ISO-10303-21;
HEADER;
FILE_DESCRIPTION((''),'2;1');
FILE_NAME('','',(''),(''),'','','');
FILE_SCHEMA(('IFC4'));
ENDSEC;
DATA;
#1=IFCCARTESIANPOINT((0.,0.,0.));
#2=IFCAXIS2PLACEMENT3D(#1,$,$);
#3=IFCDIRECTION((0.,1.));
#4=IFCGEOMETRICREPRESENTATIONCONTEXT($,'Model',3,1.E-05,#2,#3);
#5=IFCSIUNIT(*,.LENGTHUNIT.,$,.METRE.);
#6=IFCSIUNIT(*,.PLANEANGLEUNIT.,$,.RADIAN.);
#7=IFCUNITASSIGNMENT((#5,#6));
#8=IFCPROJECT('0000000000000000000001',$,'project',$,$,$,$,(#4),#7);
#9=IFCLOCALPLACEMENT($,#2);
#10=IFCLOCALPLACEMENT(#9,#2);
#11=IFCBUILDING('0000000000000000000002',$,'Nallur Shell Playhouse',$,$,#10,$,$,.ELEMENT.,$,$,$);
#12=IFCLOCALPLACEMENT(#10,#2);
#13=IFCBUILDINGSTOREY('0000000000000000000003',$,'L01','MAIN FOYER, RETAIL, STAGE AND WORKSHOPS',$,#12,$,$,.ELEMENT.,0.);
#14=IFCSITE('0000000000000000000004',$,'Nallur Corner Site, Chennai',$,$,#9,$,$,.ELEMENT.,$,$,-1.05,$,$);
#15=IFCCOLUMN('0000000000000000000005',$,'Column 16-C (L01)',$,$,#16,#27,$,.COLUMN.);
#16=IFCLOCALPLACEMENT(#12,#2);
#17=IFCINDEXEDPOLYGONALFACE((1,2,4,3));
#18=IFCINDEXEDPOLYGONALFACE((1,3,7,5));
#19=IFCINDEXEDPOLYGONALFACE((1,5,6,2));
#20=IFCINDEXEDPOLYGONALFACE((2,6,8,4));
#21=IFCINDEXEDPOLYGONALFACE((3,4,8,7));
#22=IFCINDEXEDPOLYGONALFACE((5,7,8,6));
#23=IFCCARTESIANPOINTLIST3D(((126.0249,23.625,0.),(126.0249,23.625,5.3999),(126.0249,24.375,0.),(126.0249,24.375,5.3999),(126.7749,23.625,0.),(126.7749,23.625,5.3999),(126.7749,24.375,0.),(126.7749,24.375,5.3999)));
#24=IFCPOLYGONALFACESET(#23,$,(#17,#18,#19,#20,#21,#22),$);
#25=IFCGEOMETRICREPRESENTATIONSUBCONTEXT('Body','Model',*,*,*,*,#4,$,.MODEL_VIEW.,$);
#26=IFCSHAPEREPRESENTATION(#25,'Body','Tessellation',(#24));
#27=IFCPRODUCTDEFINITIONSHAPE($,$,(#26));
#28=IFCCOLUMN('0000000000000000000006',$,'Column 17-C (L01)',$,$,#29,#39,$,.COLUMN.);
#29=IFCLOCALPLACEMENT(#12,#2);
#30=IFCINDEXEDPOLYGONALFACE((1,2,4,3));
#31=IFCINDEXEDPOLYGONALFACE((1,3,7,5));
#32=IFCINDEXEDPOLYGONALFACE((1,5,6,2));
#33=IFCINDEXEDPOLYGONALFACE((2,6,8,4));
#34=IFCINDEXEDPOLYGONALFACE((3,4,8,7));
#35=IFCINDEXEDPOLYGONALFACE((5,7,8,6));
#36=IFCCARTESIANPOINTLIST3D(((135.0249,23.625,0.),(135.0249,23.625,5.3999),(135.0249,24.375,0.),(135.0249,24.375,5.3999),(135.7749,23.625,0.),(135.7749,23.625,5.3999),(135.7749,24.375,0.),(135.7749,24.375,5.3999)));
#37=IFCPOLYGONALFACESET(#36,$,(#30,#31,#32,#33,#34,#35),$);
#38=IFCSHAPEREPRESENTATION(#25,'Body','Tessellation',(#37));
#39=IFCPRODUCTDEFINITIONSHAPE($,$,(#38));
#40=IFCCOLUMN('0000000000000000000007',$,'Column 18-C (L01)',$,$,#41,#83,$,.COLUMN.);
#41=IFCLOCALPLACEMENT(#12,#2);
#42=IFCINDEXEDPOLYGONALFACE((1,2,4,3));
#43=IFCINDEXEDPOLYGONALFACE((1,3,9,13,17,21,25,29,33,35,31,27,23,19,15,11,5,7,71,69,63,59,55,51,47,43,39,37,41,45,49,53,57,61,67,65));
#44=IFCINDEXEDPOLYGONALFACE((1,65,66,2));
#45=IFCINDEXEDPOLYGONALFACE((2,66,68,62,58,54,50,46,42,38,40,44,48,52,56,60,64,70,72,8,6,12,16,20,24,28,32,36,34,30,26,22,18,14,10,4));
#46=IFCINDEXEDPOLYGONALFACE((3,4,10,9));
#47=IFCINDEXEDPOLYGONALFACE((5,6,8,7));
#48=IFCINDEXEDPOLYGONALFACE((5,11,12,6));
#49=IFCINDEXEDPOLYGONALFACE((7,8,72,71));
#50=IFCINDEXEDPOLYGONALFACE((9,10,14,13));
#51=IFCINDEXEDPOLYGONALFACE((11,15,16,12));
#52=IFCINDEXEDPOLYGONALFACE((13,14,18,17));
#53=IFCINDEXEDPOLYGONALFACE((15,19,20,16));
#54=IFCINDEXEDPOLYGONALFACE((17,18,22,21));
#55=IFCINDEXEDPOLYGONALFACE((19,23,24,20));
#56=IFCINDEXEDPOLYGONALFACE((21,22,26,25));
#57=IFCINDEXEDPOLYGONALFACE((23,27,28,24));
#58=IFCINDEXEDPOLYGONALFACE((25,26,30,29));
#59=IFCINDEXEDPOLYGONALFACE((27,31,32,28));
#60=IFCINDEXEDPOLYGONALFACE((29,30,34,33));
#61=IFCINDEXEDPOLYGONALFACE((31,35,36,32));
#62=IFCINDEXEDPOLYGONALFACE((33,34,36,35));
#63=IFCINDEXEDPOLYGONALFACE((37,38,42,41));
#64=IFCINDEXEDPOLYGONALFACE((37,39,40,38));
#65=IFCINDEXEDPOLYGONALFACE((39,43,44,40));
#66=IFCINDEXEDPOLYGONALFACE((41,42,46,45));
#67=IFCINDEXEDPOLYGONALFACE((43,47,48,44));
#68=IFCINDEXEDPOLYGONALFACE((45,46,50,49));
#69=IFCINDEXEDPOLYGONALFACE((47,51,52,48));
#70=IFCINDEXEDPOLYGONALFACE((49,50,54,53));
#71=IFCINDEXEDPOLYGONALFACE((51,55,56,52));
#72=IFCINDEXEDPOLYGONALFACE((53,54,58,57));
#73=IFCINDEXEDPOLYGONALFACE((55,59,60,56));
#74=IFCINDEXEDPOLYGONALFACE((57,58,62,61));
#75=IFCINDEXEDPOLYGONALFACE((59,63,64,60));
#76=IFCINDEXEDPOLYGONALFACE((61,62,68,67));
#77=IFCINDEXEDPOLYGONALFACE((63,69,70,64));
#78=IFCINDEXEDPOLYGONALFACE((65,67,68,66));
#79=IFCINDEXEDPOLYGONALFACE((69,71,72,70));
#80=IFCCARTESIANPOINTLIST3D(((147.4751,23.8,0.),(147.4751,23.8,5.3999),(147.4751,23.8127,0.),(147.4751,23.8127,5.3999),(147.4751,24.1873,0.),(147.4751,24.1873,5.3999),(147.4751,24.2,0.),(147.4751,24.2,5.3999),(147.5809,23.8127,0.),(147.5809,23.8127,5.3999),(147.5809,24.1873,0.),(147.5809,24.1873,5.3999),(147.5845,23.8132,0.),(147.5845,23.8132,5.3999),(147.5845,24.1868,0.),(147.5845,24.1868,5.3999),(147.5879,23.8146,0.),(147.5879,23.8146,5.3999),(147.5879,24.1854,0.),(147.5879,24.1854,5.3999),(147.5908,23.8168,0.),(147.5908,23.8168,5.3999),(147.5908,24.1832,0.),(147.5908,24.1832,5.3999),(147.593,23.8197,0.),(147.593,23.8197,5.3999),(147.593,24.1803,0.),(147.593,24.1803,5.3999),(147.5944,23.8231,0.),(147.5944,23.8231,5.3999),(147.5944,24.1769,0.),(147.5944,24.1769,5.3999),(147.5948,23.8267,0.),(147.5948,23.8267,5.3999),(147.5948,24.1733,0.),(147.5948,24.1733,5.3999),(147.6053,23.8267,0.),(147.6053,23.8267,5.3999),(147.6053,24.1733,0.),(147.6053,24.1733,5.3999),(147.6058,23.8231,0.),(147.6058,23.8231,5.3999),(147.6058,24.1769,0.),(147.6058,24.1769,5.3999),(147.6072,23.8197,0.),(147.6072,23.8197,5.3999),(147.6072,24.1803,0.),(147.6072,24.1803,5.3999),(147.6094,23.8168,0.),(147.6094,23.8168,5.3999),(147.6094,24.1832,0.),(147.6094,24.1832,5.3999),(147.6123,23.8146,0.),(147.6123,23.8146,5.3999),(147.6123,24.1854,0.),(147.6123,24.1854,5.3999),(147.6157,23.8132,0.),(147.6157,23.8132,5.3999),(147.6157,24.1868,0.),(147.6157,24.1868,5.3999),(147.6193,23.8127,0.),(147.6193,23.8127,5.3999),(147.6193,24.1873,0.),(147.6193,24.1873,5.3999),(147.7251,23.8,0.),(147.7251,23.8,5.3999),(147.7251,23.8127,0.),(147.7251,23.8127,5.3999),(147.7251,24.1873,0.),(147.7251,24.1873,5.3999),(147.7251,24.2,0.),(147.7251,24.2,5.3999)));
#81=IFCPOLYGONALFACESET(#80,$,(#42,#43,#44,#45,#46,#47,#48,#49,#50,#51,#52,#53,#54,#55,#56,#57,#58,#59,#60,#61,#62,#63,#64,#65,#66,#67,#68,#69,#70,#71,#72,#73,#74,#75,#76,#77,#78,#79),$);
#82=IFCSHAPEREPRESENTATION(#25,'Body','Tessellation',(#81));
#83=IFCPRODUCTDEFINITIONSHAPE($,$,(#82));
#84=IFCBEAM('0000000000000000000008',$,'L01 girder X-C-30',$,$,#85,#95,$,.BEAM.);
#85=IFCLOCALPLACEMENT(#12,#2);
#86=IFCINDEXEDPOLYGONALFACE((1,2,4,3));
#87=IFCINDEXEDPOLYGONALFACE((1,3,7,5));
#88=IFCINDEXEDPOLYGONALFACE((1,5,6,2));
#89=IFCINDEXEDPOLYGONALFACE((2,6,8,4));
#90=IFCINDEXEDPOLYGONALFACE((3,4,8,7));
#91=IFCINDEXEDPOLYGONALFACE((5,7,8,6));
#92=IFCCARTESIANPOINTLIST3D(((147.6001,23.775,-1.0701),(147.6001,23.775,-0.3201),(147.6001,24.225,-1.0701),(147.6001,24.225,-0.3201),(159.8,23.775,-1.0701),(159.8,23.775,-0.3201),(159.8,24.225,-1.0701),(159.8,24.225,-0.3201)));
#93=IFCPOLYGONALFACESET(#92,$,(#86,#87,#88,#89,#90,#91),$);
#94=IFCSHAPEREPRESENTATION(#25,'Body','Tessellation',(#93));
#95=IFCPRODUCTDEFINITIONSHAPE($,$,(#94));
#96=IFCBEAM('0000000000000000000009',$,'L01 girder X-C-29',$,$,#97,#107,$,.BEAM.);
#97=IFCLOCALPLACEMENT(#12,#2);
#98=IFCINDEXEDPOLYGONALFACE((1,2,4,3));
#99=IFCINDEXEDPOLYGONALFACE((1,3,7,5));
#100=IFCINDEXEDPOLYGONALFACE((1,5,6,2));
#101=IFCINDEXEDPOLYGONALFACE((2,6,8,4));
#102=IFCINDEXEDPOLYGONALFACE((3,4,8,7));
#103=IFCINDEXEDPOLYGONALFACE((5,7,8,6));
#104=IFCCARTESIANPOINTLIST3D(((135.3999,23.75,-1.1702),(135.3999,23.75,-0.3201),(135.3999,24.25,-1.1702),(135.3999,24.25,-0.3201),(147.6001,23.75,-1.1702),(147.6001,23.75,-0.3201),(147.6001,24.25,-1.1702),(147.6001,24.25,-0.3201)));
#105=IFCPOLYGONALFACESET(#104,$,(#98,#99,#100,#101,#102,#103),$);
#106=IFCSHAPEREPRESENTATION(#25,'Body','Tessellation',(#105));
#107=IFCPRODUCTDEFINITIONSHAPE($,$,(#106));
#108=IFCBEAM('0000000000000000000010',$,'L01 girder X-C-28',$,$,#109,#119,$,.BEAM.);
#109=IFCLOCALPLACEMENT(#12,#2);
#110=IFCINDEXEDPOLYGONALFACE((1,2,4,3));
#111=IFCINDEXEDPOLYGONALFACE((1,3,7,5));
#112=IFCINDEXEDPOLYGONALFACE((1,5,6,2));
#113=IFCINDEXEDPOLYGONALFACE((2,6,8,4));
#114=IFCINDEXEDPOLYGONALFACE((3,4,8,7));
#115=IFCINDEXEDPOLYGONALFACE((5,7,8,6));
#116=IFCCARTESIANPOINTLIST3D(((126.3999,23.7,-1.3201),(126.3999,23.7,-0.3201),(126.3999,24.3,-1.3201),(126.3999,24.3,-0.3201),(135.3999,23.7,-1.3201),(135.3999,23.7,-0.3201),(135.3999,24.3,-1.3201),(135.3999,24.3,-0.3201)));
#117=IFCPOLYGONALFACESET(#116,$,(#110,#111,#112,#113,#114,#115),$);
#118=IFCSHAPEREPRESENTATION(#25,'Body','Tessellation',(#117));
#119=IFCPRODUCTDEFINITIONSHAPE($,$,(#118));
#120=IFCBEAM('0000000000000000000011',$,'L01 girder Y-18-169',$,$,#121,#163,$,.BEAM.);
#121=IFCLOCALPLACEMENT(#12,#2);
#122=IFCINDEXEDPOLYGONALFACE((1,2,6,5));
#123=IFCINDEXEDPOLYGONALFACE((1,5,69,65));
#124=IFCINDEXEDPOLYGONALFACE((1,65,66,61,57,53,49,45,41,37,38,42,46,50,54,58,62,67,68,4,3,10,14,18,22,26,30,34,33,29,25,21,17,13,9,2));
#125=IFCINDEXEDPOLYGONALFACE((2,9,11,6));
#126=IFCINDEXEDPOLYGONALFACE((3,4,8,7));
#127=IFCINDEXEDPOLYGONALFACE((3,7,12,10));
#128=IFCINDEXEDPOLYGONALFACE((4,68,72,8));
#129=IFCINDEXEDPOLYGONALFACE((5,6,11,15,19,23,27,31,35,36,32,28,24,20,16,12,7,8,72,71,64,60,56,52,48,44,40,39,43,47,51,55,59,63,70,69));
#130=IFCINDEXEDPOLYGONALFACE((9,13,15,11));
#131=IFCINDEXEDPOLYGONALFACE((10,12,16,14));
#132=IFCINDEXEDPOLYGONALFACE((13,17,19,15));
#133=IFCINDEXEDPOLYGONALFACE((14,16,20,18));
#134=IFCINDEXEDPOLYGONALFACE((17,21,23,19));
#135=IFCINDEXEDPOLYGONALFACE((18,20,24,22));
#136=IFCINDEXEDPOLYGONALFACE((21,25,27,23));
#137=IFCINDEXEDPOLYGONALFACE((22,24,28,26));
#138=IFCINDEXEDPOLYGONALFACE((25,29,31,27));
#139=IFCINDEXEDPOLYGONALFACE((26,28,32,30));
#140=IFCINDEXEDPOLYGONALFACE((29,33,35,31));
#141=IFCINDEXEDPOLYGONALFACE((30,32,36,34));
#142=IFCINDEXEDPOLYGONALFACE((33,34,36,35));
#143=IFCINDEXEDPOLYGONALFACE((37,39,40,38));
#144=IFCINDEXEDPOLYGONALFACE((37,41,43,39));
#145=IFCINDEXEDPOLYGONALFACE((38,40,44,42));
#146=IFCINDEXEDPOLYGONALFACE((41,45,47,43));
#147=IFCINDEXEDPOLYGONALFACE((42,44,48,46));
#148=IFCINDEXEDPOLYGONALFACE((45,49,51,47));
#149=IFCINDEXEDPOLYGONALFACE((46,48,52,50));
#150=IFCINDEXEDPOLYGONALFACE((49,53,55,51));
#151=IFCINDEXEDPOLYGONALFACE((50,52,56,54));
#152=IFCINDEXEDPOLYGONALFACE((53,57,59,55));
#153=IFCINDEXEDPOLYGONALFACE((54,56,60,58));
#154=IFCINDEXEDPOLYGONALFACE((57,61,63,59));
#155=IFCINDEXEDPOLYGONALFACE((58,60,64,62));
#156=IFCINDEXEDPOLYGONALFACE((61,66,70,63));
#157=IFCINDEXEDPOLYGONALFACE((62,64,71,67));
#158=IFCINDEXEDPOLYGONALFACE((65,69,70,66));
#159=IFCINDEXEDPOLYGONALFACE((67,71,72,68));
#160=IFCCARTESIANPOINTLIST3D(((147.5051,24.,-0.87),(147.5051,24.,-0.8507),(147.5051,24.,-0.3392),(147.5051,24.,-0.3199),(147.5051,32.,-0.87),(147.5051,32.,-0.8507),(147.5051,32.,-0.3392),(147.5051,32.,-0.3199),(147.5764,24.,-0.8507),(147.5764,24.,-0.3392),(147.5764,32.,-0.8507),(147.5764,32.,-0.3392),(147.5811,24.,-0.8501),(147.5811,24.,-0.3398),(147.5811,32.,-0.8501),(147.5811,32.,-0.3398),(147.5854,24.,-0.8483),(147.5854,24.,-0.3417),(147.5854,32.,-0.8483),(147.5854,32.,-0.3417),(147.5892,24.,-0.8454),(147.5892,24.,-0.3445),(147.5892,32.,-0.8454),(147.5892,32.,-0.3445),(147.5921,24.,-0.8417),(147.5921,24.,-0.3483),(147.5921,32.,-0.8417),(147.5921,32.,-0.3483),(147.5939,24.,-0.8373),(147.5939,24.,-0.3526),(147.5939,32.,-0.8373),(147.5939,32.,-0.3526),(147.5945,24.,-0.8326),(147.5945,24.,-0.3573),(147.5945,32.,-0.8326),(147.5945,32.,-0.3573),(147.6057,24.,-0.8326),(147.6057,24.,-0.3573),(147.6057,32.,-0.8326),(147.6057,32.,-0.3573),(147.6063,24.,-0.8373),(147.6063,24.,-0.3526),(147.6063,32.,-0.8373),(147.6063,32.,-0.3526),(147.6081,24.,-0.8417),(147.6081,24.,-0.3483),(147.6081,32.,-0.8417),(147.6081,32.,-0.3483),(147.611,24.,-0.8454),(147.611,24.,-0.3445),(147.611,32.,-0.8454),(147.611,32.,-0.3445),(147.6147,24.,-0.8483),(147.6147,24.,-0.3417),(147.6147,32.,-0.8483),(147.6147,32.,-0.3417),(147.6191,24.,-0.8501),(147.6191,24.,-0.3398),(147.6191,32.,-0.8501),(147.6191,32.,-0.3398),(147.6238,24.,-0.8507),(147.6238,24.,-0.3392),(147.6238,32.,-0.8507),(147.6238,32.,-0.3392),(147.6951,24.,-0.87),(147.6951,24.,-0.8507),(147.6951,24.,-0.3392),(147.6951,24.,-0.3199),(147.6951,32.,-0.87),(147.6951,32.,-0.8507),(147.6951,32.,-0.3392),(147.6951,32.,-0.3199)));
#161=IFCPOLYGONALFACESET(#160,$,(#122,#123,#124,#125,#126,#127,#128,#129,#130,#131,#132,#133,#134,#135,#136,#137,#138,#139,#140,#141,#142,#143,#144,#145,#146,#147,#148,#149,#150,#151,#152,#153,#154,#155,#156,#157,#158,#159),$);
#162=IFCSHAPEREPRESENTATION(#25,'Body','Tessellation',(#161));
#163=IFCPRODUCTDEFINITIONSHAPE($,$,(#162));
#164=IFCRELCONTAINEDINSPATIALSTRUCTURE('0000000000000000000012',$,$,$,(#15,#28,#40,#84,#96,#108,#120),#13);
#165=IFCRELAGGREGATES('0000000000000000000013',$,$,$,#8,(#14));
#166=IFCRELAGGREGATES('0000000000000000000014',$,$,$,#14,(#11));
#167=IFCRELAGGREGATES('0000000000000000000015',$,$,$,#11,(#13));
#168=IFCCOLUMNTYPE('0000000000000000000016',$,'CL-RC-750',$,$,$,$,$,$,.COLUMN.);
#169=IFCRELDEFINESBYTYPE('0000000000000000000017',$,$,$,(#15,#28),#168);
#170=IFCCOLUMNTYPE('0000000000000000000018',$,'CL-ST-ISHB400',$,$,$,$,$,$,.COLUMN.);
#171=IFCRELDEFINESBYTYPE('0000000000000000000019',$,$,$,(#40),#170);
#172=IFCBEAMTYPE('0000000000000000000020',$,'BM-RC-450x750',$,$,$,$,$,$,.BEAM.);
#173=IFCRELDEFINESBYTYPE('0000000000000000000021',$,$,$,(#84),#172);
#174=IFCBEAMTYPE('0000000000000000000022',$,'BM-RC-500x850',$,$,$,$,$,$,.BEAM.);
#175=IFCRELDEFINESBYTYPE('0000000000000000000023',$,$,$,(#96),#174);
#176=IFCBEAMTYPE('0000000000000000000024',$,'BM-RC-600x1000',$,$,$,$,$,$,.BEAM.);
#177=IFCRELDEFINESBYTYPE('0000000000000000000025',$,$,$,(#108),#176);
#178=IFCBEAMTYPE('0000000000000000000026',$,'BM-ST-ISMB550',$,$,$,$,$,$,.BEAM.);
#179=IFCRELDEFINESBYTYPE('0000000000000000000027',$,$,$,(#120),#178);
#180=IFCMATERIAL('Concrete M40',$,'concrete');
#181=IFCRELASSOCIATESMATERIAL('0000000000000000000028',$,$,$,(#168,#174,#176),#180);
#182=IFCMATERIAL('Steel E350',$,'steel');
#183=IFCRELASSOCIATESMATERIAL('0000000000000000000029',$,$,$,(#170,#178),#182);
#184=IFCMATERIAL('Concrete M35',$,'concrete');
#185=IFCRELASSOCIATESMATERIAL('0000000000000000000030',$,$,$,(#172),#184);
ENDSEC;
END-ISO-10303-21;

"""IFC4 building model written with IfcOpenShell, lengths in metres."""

from ifc_helpers import new_model, si_unit, direction, frame, origin, origin_2d, place, context, subcontext, project, spatial, rectangle, i_section, extrude, material, material_profile, profile_set, type_object, element, save


model = new_model("IFC4")

# Units and contexts
model_context = context("Model", 3, precision=1e-05, world=origin(), true_north=direction((0.0, 1.0)))
body_context = subcontext(model_context, "Body", "Model", "MODEL_VIEW")
ifc_project = project(units=[si_unit("LENGTHUNIT", "METRE"), si_unit("PLANEANGLEUNIT", "RADIAN")], contexts=[model_context])

# Site, building, storey
site_placement = place(None, origin())
site = spatial("IfcSite", under=ifc_project, at=site_placement, Name="Nallur Corner Site, Chennai", CompositionType="ELEMENT", RefElevation=-1.05)
building_placement = place(site_placement, origin())
building = spatial("IfcBuilding", under=site, at=building_placement, Name="Nallur Shell Playhouse", CompositionType="ELEMENT")
storey_placement = place(building_placement, origin())
storey = spatial("IfcBuildingStorey", under=building, at=storey_placement, Name="L01", Description="MAIN FOYER, RETAIL, STAGE AND WORKSHOPS", CompositionType="ELEMENT", Elevation=0.0)

# Columns
ifc_material_1 = material(Name="Concrete M40", Category="concrete")
ifc_material_profile_1 = material_profile(ifc_material_1, rectangle(XDim=0.75, YDim=0.75, at=origin_2d()), Name="RC 750x750")
ifc_profile_set_1 = profile_set([ifc_material_profile_1], Name="Concrete M40")
column_type_1 = type_object("IfcColumnType", Name="CL-RC-750", PredefinedType="COLUMN", material=ifc_profile_set_1)
for number, where, z_axis, x_axis, name in (
    (1, (126.3999, 24.0, 0.0), (0.0, 0.0, 1.0), (1.0, 0.0, 0.0), "Column 16-C (L01)"),
    (2, (135.3999, 24.0, 0.0), (0.0, 0.0, 1.0), (1.0, 0.0, 0.0), "Column 17-C (L01)"),
):
    element("IfcColumn", number, at=place(storey_placement, frame(where, z_axis=z_axis, x_axis=x_axis)), inside=storey, type_object=column_type_1, Name=name, PredefinedType="COLUMN", context=body_context, shape_type="SweptSolid", body=[
        extrude(rectangle(XDim=0.75, YDim=0.75, at=origin_2d()), origin(), (0.0, 0.0, 1.0), 5.3999),
    ])
ifc_material_2 = material(Name="Steel E350", Category="steel")
ifc_material_profile_2 = material_profile(ifc_material_2, i_section(OverallWidth=0.25, OverallDepth=0.3999, WebThickness=0.0105, FlangeThickness=0.0127, FilletRadius=0.0139, at=origin_2d()), Name="ISHB 400")
ifc_profile_set_2 = profile_set([ifc_material_profile_2], Name="Steel E350")
column_type_2 = type_object("IfcColumnType", Name="CL-ST-ISHB400", PredefinedType="COLUMN", material=ifc_profile_set_2)
column_placement = place(storey_placement, frame((147.6001, 24.0, 0.0), z_axis=(0.0, 0.0, 1.0), x_axis=(1.0, 0.0, 0.0)))
element("IfcColumn", 3, at=column_placement, inside=storey, type_object=column_type_2, Name="Column 18-C (L01)", PredefinedType="COLUMN", context=body_context, shape_type="SweptSolid", body=[
    extrude(i_section(OverallWidth=0.25, OverallDepth=0.3999, WebThickness=0.0105, FlangeThickness=0.0127, FilletRadius=0.0139, at=origin_2d()), origin(), (0.0, 0.0, 1.0), 5.3999),
])

# Beams
ifc_material_3 = material(Name="Concrete M35", Category="concrete")
ifc_material_profile_3 = material_profile(ifc_material_3, rectangle(XDim=0.45, YDim=0.75, at=origin_2d()), Name="RC 450x750")
ifc_profile_set_3 = profile_set([ifc_material_profile_3], Name="Concrete M35")
beam_type_1 = type_object("IfcBeamType", Name="BM-RC-450x750", PredefinedType="BEAM", material=ifc_profile_set_3)
beam_1_placement = place(storey_placement, frame((147.6001, 24.0, -0.6951), z_axis=(1.0, 0.0, 0.0), x_axis=(0.0, 1.0, 0.0)))
element("IfcBeam", 4, at=beam_1_placement, inside=storey, type_object=beam_type_1, Name="L01 girder X-C-30", PredefinedType="BEAM", context=body_context, shape_type="SweptSolid", body=[
    extrude(rectangle(XDim=0.45, YDim=0.75, at=origin_2d()), origin(), (0.0, 0.0, 1.0), 12.2),
])
ifc_material_profile_4 = material_profile(ifc_material_1, rectangle(XDim=0.5, YDim=0.8501, at=origin_2d()), Name="RC 500x850")
ifc_profile_set_4 = profile_set([ifc_material_profile_4], Name="Concrete M40")
beam_type_2 = type_object("IfcBeamType", Name="BM-RC-500x850", PredefinedType="BEAM", material=ifc_profile_set_4)
beam_2_placement = place(storey_placement, frame((135.3999, 24.0, -0.7451), z_axis=(1.0, 0.0, 0.0), x_axis=(0.0, 1.0, 0.0)))
element("IfcBeam", 5, at=beam_2_placement, inside=storey, type_object=beam_type_2, Name="L01 girder X-C-29", PredefinedType="BEAM", context=body_context, shape_type="SweptSolid", body=[
    extrude(rectangle(XDim=0.5, YDim=0.8501, at=origin_2d()), origin(), (0.0, 0.0, 1.0), 12.2002),
])
ifc_material_profile_5 = material_profile(ifc_material_1, rectangle(XDim=0.6001, YDim=1.0, at=origin_2d()), Name="RC 600x1000")
ifc_profile_set_5 = profile_set([ifc_material_profile_5], Name="Concrete M40")
beam_type_3 = type_object("IfcBeamType", Name="BM-RC-600x1000", PredefinedType="BEAM", material=ifc_profile_set_5)
beam_3_placement = place(storey_placement, frame((126.3999, 24.0, -0.8201), z_axis=(1.0, 0.0, 0.0), x_axis=(0.0, 1.0, 0.0)))
element("IfcBeam", 6, at=beam_3_placement, inside=storey, type_object=beam_type_3, Name="L01 girder X-C-28", PredefinedType="BEAM", context=body_context, shape_type="SweptSolid", body=[
    extrude(rectangle(XDim=0.6001, YDim=1.0, at=origin_2d()), origin(), (0.0, 0.0, 1.0), 9.0),
])
ifc_material_profile_6 = material_profile(ifc_material_2, i_section(OverallWidth=0.1899, OverallDepth=0.55, WebThickness=0.0112, FlangeThickness=0.0193, FilletRadius=0.0181, at=origin_2d()), Name="ISMB 550")
ifc_profile_set_6 = profile_set([ifc_material_profile_6], Name="Steel E350")
beam_type_4 = type_object("IfcBeamType", Name="BM-ST-ISMB550", PredefinedType="BEAM", material=ifc_profile_set_6)
beam_4_placement = place(storey_placement, frame((147.6001, 24.0, -0.595), z_axis=(0.0, 1.0, 0.0), x_axis=(-1.0, 0.0, 0.0)))
element("IfcBeam", 7, at=beam_4_placement, inside=storey, type_object=beam_type_4, Name="L01 girder Y-18-169", PredefinedType="BEAM", context=body_context, shape_type="SweptSolid", body=[
    extrude(i_section(OverallWidth=0.1899, OverallDepth=0.55, WebThickness=0.0112, FlangeThickness=0.0193, FilletRadius=0.0181, at=origin_2d()), origin(), (0.0, 0.0, 1.0), 8.0),
])

save(model, "model.ifc")
